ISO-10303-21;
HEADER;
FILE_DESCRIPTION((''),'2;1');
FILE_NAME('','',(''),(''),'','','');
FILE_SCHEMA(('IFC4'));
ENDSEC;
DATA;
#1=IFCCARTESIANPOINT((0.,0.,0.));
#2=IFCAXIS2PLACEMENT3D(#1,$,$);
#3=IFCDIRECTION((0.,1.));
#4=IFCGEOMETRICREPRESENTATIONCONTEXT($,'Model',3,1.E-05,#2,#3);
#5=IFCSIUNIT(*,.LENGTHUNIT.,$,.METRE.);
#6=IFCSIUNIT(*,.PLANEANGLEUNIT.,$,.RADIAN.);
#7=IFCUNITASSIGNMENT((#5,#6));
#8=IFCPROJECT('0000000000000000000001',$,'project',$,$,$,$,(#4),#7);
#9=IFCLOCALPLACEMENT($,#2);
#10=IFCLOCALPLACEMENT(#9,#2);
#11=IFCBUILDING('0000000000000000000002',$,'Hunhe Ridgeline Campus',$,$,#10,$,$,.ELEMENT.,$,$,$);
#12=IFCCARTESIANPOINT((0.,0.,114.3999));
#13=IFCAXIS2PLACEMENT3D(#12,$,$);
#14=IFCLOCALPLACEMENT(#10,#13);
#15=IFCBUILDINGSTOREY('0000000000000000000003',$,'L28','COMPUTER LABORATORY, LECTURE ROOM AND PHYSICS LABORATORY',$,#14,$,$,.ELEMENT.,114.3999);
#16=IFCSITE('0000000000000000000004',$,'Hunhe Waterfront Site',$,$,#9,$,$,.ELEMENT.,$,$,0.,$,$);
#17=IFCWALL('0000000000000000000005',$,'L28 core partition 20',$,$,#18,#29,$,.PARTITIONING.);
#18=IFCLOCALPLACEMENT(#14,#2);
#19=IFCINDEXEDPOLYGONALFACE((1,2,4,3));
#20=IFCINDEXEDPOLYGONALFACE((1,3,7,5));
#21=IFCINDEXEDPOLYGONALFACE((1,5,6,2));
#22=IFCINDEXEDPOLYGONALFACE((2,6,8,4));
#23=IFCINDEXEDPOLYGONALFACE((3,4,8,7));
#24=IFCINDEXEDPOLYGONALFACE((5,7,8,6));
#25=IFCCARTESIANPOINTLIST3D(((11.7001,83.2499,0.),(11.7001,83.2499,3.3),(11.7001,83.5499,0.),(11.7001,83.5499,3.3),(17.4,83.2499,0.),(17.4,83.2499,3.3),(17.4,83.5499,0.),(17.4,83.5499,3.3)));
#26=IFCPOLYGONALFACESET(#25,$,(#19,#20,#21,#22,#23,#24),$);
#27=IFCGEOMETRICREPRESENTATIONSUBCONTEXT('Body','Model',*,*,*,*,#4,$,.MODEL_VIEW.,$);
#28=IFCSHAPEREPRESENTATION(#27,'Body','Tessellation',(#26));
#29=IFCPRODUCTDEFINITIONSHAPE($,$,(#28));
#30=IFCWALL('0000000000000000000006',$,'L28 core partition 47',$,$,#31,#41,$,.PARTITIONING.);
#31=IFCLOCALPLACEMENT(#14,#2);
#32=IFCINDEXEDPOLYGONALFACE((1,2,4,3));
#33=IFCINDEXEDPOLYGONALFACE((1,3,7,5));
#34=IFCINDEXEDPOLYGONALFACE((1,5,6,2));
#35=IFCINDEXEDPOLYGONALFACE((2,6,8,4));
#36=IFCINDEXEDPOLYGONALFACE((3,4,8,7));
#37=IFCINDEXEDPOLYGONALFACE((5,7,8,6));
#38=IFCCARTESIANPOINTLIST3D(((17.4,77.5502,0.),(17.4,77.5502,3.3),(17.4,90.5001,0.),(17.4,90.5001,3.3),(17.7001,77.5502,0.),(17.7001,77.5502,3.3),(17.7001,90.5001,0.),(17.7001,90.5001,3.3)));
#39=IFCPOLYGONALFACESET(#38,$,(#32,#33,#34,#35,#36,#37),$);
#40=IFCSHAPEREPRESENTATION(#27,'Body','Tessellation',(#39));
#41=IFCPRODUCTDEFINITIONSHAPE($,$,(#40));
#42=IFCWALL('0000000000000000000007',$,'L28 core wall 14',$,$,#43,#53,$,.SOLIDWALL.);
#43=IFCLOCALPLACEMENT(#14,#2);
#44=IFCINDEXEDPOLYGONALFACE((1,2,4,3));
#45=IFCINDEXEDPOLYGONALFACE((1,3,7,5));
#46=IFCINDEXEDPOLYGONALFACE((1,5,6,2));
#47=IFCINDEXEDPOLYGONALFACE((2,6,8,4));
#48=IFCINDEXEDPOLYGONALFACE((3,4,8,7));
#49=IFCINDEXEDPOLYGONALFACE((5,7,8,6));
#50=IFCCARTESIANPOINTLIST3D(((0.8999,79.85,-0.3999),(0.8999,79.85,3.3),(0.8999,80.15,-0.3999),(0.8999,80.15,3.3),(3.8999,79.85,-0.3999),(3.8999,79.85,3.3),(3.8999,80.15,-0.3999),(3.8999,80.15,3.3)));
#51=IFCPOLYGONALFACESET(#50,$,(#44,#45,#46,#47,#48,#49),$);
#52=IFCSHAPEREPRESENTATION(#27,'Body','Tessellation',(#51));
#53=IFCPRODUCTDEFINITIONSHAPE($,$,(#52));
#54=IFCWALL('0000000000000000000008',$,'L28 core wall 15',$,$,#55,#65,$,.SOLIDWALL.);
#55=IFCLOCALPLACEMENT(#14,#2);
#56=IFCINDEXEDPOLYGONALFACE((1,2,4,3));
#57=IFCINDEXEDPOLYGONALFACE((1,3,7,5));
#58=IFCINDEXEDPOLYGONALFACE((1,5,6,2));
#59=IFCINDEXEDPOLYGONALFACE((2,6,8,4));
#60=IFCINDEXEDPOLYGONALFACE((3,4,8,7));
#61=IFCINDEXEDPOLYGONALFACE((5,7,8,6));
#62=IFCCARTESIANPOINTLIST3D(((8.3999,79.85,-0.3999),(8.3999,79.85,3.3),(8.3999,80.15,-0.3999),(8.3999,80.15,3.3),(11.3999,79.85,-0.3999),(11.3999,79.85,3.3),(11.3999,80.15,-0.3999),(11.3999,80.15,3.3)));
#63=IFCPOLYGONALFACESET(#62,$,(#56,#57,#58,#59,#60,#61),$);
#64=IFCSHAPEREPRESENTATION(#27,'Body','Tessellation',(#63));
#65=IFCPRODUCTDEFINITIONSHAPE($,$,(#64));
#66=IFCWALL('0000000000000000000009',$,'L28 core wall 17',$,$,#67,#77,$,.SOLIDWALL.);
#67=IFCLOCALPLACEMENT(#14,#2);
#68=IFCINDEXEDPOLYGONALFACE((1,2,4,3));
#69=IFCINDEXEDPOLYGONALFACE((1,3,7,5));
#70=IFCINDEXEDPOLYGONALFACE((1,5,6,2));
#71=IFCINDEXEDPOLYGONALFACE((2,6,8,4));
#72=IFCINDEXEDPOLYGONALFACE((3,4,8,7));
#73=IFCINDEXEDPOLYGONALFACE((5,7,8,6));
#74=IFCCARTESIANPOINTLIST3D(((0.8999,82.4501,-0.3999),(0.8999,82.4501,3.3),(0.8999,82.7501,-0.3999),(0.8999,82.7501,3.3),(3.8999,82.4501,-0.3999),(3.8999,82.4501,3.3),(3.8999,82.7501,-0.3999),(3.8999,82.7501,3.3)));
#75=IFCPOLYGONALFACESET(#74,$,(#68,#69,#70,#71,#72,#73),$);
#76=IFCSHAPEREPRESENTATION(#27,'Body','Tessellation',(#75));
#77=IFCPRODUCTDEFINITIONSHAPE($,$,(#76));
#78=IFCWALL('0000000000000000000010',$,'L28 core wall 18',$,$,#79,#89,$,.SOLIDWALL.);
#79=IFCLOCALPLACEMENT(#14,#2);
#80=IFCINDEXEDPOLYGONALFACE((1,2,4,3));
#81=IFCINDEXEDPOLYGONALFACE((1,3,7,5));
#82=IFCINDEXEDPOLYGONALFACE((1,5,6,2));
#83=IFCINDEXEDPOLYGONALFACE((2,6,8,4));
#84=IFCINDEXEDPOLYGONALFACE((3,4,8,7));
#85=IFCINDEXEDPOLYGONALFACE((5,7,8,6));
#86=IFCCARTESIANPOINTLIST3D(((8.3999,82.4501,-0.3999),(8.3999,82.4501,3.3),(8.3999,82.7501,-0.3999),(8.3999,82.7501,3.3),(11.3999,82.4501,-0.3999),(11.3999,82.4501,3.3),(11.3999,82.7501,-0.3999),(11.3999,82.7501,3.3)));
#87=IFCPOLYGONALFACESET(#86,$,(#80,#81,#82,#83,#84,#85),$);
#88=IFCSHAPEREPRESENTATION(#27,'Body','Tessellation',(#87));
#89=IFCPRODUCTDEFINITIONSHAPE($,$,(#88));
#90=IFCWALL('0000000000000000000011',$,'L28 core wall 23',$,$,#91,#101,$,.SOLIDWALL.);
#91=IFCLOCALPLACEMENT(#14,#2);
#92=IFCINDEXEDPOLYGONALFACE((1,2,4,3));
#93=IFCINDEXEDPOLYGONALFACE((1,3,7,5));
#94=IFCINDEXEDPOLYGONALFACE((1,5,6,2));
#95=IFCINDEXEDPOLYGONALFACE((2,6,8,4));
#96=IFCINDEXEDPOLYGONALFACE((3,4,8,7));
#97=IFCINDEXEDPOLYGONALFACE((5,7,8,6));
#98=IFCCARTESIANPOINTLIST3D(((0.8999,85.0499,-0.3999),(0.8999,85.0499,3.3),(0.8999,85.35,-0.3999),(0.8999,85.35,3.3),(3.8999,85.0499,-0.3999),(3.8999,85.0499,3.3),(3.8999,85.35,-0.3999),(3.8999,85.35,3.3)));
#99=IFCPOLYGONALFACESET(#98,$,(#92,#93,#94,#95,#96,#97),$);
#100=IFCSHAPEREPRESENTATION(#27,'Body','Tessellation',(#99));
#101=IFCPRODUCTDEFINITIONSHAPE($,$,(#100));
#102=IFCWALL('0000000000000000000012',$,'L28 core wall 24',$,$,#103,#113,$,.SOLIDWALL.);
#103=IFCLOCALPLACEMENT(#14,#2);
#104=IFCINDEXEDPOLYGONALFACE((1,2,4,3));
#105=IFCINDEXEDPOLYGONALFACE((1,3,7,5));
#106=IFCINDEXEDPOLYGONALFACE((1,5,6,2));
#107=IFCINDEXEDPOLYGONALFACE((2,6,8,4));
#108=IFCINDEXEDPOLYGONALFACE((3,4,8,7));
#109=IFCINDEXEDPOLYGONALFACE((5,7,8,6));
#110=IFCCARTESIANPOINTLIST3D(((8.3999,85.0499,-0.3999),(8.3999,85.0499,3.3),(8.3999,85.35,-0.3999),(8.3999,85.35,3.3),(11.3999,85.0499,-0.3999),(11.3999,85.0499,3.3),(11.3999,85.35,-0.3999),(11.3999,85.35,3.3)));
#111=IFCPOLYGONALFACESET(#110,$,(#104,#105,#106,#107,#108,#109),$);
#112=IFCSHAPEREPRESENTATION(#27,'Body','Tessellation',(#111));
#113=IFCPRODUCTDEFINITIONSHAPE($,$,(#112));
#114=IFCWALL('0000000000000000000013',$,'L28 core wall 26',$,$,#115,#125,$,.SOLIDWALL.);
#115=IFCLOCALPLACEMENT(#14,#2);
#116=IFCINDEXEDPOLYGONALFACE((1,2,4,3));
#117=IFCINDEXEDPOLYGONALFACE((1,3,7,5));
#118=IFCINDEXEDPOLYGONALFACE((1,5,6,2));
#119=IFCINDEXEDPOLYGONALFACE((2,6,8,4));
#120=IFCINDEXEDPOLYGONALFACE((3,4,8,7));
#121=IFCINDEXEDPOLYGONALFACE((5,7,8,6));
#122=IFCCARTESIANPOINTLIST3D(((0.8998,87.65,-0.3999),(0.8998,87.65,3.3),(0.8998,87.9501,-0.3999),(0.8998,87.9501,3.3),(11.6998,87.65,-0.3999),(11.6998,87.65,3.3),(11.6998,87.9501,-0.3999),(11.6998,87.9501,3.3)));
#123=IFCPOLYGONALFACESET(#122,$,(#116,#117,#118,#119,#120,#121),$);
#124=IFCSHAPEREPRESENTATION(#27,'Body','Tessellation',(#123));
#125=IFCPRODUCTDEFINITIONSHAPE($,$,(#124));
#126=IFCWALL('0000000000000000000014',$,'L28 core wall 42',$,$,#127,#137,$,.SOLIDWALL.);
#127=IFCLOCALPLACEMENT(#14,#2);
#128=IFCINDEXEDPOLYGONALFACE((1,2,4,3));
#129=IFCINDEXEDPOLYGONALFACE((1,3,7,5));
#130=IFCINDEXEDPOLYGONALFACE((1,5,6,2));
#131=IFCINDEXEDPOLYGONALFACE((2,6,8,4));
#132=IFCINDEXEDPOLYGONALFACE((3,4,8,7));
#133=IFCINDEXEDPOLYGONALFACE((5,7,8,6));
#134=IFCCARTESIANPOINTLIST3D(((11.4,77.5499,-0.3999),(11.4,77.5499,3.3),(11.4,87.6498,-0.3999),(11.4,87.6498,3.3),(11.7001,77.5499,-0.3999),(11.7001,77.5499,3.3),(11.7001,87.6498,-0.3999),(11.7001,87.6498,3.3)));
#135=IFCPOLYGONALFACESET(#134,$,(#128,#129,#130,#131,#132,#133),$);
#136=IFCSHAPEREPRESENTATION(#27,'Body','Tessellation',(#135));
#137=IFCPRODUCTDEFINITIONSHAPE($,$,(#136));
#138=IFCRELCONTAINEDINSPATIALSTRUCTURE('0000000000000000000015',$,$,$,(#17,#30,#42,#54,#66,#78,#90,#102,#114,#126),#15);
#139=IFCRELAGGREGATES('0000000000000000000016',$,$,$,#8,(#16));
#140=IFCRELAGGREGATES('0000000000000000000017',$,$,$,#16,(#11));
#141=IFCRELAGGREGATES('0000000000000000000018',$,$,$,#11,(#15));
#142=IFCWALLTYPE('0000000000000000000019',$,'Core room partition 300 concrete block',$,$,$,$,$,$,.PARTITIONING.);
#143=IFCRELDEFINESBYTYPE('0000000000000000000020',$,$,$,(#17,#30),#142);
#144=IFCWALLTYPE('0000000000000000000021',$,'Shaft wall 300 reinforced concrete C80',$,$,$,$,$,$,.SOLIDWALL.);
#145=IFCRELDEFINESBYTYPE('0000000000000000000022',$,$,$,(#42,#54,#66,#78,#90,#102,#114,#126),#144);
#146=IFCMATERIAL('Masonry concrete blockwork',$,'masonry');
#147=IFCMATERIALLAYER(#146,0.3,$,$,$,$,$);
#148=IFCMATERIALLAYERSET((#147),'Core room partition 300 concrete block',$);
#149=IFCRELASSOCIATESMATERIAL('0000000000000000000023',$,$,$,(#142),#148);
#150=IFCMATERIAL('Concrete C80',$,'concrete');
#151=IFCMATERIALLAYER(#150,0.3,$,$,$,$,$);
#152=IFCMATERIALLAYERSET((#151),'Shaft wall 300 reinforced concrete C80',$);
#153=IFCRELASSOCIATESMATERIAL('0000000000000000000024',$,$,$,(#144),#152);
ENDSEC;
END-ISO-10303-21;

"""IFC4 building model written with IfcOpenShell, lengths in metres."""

from ifc_helpers import new_model, si_unit, direction, frame, frame_2d, origin, place, context, subcontext, project, spatial, rectangle, extrude, material, layer, layer_set, type_object, element, save


model = new_model("IFC4")

# Units and contexts
model_context = context("Model", 3, precision=1e-05, world=origin(), true_north=direction((0.0, 1.0)))
body_context = subcontext(model_context, "Body", "Model", "MODEL_VIEW")
ifc_project = project(units=[si_unit("LENGTHUNIT", "METRE"), si_unit("PLANEANGLEUNIT", "RADIAN")], contexts=[model_context])

# Site, building, storey
site_placement = place(None, origin())
site = spatial("IfcSite", under=ifc_project, at=site_placement, Name="Hunhe Waterfront Site", CompositionType="ELEMENT", RefElevation=0.0)
building_placement = place(site_placement, origin())
building = spatial("IfcBuilding", under=site, at=building_placement, Name="Hunhe Ridgeline Campus", CompositionType="ELEMENT")
storey_placement = place(building_placement, frame((0.0, 0.0, 114.3999)))
storey = spatial("IfcBuildingStorey", under=building, at=storey_placement, Name="L28", Description="COMPUTER LABORATORY, LECTURE ROOM AND PHYSICS LABORATORY", CompositionType="ELEMENT", Elevation=114.3999)

# Walls
ifc_material_1 = material(Name="Masonry concrete blockwork", Category="masonry")
ifc_layer_1 = layer(ifc_material_1, 0.3)
ifc_layer_set_1 = layer_set([ifc_layer_1], Name="Core room partition 300 concrete block")
wall_type_1 = type_object("IfcWallType", Name="Core room partition 300 concrete block", PredefinedType="PARTITIONING", material=ifc_layer_set_1)
wall_1_placement = place(storey_placement, frame((11.7, 83.3999, 0.0), z_axis=(0.0, 0.0, 1.0), x_axis=(1.0, 0.0, 0.0)))
element("IfcWall", 1, at=wall_1_placement, inside=storey, type_object=wall_type_1, Name="L28 core partition 20", PredefinedType="PARTITIONING", context=body_context, shape_type="SweptSolid", body=[
    extrude(rectangle(XDim=5.7, YDim=0.3, at=frame_2d((2.8501, 0.0))), origin(), (0.0, 0.0, 1.0), 3.3),
])
wall_2_placement = place(storey_placement, frame((17.55, 77.55, 0.0), z_axis=(0.0, 0.0, 1.0), x_axis=(0.0, 1.0, 0.0)))
element("IfcWall", 2, at=wall_2_placement, inside=storey, type_object=wall_type_1, Name="L28 core partition 47", PredefinedType="PARTITIONING", context=body_context, shape_type="SweptSolid", body=[
    extrude(rectangle(XDim=12.95, YDim=0.3, at=frame_2d((6.4751, 0.0))), origin(), (0.0, 0.0, 1.0), 3.3),
])

# Shared definitions
ifc_material_2 = material(Name="Concrete C80", Category="concrete")
ifc_layer_2 = layer(ifc_material_2, 0.3)
ifc_layer_set_2 = layer_set([ifc_layer_2], Name="Shaft wall 300 reinforced concrete C80")
wall_type_2 = type_object("IfcWallType", Name="Shaft wall 300 reinforced concrete C80", PredefinedType="SOLIDWALL", material=ifc_layer_set_2)

# Walls
for number, where, z_axis, x_axis, name in (
    (3, (0.8999, 80.0, -0.3999), (0.0, 0.0, 1.0), (1.0, 0.0, 0.0), "L28 core wall 14"),
    (4, (8.3999, 80.0, -0.3999), (0.0, 0.0, 1.0), (1.0, 0.0, 0.0), "L28 core wall 15"),
    (5, (0.8999, 82.6001, -0.3999), (0.0, 0.0, 1.0), (1.0, 0.0, 0.0), "L28 core wall 17"),
    (6, (8.3999, 82.6001, -0.3999), (0.0, 0.0, 1.0), (1.0, 0.0, 0.0), "L28 core wall 18"),
    (7, (0.8999, 85.2, -0.3999), (0.0, 0.0, 1.0), (1.0, 0.0, 0.0), "L28 core wall 23"),
    (8, (8.3999, 85.2, -0.3999), (0.0, 0.0, 1.0), (1.0, 0.0, 0.0), "L28 core wall 24"),
):
    element("IfcWall", number, at=place(storey_placement, frame(where, z_axis=z_axis, x_axis=x_axis)), inside=storey, type_object=wall_type_2, Name=name, PredefinedType="SOLIDWALL", context=body_context, shape_type="SweptSolid", body=[
        extrude(rectangle(XDim=3.0, YDim=0.3, at=frame_2d((1.5, 0.0))), origin(), (0.0, 0.0, 1.0), 3.7),
    ])
wall_3_placement = place(storey_placement, frame((0.8999, 87.8, -0.3999), z_axis=(0.0, 0.0, 1.0), x_axis=(1.0, 0.0, 0.0)))
element("IfcWall", 9, at=wall_3_placement, inside=storey, type_object=wall_type_2, Name="L28 core wall 26", PredefinedType="SOLIDWALL", context=body_context, shape_type="SweptSolid", body=[
    extrude(rectangle(XDim=10.8, YDim=0.3, at=frame_2d((5.3999, 0.0))), origin(), (0.0, 0.0, 1.0), 3.7),
])

# Wall
wall_4_placement = place(storey_placement, frame((11.55, 77.55, -0.3999), z_axis=(0.0, 0.0, 1.0), x_axis=(0.0, 1.0, 0.0)))
element("IfcWall", 10, at=wall_4_placement, inside=storey, type_object=wall_type_2, Name="L28 core wall 42", PredefinedType="SOLIDWALL", context=body_context, shape_type="SweptSolid", body=[
    extrude(rectangle(XDim=10.0999, YDim=0.3, at=frame_2d((5.0498, 0.0))), origin(), (0.0, 0.0, 1.0), 3.7),
])

save(model, "model.ifc")
